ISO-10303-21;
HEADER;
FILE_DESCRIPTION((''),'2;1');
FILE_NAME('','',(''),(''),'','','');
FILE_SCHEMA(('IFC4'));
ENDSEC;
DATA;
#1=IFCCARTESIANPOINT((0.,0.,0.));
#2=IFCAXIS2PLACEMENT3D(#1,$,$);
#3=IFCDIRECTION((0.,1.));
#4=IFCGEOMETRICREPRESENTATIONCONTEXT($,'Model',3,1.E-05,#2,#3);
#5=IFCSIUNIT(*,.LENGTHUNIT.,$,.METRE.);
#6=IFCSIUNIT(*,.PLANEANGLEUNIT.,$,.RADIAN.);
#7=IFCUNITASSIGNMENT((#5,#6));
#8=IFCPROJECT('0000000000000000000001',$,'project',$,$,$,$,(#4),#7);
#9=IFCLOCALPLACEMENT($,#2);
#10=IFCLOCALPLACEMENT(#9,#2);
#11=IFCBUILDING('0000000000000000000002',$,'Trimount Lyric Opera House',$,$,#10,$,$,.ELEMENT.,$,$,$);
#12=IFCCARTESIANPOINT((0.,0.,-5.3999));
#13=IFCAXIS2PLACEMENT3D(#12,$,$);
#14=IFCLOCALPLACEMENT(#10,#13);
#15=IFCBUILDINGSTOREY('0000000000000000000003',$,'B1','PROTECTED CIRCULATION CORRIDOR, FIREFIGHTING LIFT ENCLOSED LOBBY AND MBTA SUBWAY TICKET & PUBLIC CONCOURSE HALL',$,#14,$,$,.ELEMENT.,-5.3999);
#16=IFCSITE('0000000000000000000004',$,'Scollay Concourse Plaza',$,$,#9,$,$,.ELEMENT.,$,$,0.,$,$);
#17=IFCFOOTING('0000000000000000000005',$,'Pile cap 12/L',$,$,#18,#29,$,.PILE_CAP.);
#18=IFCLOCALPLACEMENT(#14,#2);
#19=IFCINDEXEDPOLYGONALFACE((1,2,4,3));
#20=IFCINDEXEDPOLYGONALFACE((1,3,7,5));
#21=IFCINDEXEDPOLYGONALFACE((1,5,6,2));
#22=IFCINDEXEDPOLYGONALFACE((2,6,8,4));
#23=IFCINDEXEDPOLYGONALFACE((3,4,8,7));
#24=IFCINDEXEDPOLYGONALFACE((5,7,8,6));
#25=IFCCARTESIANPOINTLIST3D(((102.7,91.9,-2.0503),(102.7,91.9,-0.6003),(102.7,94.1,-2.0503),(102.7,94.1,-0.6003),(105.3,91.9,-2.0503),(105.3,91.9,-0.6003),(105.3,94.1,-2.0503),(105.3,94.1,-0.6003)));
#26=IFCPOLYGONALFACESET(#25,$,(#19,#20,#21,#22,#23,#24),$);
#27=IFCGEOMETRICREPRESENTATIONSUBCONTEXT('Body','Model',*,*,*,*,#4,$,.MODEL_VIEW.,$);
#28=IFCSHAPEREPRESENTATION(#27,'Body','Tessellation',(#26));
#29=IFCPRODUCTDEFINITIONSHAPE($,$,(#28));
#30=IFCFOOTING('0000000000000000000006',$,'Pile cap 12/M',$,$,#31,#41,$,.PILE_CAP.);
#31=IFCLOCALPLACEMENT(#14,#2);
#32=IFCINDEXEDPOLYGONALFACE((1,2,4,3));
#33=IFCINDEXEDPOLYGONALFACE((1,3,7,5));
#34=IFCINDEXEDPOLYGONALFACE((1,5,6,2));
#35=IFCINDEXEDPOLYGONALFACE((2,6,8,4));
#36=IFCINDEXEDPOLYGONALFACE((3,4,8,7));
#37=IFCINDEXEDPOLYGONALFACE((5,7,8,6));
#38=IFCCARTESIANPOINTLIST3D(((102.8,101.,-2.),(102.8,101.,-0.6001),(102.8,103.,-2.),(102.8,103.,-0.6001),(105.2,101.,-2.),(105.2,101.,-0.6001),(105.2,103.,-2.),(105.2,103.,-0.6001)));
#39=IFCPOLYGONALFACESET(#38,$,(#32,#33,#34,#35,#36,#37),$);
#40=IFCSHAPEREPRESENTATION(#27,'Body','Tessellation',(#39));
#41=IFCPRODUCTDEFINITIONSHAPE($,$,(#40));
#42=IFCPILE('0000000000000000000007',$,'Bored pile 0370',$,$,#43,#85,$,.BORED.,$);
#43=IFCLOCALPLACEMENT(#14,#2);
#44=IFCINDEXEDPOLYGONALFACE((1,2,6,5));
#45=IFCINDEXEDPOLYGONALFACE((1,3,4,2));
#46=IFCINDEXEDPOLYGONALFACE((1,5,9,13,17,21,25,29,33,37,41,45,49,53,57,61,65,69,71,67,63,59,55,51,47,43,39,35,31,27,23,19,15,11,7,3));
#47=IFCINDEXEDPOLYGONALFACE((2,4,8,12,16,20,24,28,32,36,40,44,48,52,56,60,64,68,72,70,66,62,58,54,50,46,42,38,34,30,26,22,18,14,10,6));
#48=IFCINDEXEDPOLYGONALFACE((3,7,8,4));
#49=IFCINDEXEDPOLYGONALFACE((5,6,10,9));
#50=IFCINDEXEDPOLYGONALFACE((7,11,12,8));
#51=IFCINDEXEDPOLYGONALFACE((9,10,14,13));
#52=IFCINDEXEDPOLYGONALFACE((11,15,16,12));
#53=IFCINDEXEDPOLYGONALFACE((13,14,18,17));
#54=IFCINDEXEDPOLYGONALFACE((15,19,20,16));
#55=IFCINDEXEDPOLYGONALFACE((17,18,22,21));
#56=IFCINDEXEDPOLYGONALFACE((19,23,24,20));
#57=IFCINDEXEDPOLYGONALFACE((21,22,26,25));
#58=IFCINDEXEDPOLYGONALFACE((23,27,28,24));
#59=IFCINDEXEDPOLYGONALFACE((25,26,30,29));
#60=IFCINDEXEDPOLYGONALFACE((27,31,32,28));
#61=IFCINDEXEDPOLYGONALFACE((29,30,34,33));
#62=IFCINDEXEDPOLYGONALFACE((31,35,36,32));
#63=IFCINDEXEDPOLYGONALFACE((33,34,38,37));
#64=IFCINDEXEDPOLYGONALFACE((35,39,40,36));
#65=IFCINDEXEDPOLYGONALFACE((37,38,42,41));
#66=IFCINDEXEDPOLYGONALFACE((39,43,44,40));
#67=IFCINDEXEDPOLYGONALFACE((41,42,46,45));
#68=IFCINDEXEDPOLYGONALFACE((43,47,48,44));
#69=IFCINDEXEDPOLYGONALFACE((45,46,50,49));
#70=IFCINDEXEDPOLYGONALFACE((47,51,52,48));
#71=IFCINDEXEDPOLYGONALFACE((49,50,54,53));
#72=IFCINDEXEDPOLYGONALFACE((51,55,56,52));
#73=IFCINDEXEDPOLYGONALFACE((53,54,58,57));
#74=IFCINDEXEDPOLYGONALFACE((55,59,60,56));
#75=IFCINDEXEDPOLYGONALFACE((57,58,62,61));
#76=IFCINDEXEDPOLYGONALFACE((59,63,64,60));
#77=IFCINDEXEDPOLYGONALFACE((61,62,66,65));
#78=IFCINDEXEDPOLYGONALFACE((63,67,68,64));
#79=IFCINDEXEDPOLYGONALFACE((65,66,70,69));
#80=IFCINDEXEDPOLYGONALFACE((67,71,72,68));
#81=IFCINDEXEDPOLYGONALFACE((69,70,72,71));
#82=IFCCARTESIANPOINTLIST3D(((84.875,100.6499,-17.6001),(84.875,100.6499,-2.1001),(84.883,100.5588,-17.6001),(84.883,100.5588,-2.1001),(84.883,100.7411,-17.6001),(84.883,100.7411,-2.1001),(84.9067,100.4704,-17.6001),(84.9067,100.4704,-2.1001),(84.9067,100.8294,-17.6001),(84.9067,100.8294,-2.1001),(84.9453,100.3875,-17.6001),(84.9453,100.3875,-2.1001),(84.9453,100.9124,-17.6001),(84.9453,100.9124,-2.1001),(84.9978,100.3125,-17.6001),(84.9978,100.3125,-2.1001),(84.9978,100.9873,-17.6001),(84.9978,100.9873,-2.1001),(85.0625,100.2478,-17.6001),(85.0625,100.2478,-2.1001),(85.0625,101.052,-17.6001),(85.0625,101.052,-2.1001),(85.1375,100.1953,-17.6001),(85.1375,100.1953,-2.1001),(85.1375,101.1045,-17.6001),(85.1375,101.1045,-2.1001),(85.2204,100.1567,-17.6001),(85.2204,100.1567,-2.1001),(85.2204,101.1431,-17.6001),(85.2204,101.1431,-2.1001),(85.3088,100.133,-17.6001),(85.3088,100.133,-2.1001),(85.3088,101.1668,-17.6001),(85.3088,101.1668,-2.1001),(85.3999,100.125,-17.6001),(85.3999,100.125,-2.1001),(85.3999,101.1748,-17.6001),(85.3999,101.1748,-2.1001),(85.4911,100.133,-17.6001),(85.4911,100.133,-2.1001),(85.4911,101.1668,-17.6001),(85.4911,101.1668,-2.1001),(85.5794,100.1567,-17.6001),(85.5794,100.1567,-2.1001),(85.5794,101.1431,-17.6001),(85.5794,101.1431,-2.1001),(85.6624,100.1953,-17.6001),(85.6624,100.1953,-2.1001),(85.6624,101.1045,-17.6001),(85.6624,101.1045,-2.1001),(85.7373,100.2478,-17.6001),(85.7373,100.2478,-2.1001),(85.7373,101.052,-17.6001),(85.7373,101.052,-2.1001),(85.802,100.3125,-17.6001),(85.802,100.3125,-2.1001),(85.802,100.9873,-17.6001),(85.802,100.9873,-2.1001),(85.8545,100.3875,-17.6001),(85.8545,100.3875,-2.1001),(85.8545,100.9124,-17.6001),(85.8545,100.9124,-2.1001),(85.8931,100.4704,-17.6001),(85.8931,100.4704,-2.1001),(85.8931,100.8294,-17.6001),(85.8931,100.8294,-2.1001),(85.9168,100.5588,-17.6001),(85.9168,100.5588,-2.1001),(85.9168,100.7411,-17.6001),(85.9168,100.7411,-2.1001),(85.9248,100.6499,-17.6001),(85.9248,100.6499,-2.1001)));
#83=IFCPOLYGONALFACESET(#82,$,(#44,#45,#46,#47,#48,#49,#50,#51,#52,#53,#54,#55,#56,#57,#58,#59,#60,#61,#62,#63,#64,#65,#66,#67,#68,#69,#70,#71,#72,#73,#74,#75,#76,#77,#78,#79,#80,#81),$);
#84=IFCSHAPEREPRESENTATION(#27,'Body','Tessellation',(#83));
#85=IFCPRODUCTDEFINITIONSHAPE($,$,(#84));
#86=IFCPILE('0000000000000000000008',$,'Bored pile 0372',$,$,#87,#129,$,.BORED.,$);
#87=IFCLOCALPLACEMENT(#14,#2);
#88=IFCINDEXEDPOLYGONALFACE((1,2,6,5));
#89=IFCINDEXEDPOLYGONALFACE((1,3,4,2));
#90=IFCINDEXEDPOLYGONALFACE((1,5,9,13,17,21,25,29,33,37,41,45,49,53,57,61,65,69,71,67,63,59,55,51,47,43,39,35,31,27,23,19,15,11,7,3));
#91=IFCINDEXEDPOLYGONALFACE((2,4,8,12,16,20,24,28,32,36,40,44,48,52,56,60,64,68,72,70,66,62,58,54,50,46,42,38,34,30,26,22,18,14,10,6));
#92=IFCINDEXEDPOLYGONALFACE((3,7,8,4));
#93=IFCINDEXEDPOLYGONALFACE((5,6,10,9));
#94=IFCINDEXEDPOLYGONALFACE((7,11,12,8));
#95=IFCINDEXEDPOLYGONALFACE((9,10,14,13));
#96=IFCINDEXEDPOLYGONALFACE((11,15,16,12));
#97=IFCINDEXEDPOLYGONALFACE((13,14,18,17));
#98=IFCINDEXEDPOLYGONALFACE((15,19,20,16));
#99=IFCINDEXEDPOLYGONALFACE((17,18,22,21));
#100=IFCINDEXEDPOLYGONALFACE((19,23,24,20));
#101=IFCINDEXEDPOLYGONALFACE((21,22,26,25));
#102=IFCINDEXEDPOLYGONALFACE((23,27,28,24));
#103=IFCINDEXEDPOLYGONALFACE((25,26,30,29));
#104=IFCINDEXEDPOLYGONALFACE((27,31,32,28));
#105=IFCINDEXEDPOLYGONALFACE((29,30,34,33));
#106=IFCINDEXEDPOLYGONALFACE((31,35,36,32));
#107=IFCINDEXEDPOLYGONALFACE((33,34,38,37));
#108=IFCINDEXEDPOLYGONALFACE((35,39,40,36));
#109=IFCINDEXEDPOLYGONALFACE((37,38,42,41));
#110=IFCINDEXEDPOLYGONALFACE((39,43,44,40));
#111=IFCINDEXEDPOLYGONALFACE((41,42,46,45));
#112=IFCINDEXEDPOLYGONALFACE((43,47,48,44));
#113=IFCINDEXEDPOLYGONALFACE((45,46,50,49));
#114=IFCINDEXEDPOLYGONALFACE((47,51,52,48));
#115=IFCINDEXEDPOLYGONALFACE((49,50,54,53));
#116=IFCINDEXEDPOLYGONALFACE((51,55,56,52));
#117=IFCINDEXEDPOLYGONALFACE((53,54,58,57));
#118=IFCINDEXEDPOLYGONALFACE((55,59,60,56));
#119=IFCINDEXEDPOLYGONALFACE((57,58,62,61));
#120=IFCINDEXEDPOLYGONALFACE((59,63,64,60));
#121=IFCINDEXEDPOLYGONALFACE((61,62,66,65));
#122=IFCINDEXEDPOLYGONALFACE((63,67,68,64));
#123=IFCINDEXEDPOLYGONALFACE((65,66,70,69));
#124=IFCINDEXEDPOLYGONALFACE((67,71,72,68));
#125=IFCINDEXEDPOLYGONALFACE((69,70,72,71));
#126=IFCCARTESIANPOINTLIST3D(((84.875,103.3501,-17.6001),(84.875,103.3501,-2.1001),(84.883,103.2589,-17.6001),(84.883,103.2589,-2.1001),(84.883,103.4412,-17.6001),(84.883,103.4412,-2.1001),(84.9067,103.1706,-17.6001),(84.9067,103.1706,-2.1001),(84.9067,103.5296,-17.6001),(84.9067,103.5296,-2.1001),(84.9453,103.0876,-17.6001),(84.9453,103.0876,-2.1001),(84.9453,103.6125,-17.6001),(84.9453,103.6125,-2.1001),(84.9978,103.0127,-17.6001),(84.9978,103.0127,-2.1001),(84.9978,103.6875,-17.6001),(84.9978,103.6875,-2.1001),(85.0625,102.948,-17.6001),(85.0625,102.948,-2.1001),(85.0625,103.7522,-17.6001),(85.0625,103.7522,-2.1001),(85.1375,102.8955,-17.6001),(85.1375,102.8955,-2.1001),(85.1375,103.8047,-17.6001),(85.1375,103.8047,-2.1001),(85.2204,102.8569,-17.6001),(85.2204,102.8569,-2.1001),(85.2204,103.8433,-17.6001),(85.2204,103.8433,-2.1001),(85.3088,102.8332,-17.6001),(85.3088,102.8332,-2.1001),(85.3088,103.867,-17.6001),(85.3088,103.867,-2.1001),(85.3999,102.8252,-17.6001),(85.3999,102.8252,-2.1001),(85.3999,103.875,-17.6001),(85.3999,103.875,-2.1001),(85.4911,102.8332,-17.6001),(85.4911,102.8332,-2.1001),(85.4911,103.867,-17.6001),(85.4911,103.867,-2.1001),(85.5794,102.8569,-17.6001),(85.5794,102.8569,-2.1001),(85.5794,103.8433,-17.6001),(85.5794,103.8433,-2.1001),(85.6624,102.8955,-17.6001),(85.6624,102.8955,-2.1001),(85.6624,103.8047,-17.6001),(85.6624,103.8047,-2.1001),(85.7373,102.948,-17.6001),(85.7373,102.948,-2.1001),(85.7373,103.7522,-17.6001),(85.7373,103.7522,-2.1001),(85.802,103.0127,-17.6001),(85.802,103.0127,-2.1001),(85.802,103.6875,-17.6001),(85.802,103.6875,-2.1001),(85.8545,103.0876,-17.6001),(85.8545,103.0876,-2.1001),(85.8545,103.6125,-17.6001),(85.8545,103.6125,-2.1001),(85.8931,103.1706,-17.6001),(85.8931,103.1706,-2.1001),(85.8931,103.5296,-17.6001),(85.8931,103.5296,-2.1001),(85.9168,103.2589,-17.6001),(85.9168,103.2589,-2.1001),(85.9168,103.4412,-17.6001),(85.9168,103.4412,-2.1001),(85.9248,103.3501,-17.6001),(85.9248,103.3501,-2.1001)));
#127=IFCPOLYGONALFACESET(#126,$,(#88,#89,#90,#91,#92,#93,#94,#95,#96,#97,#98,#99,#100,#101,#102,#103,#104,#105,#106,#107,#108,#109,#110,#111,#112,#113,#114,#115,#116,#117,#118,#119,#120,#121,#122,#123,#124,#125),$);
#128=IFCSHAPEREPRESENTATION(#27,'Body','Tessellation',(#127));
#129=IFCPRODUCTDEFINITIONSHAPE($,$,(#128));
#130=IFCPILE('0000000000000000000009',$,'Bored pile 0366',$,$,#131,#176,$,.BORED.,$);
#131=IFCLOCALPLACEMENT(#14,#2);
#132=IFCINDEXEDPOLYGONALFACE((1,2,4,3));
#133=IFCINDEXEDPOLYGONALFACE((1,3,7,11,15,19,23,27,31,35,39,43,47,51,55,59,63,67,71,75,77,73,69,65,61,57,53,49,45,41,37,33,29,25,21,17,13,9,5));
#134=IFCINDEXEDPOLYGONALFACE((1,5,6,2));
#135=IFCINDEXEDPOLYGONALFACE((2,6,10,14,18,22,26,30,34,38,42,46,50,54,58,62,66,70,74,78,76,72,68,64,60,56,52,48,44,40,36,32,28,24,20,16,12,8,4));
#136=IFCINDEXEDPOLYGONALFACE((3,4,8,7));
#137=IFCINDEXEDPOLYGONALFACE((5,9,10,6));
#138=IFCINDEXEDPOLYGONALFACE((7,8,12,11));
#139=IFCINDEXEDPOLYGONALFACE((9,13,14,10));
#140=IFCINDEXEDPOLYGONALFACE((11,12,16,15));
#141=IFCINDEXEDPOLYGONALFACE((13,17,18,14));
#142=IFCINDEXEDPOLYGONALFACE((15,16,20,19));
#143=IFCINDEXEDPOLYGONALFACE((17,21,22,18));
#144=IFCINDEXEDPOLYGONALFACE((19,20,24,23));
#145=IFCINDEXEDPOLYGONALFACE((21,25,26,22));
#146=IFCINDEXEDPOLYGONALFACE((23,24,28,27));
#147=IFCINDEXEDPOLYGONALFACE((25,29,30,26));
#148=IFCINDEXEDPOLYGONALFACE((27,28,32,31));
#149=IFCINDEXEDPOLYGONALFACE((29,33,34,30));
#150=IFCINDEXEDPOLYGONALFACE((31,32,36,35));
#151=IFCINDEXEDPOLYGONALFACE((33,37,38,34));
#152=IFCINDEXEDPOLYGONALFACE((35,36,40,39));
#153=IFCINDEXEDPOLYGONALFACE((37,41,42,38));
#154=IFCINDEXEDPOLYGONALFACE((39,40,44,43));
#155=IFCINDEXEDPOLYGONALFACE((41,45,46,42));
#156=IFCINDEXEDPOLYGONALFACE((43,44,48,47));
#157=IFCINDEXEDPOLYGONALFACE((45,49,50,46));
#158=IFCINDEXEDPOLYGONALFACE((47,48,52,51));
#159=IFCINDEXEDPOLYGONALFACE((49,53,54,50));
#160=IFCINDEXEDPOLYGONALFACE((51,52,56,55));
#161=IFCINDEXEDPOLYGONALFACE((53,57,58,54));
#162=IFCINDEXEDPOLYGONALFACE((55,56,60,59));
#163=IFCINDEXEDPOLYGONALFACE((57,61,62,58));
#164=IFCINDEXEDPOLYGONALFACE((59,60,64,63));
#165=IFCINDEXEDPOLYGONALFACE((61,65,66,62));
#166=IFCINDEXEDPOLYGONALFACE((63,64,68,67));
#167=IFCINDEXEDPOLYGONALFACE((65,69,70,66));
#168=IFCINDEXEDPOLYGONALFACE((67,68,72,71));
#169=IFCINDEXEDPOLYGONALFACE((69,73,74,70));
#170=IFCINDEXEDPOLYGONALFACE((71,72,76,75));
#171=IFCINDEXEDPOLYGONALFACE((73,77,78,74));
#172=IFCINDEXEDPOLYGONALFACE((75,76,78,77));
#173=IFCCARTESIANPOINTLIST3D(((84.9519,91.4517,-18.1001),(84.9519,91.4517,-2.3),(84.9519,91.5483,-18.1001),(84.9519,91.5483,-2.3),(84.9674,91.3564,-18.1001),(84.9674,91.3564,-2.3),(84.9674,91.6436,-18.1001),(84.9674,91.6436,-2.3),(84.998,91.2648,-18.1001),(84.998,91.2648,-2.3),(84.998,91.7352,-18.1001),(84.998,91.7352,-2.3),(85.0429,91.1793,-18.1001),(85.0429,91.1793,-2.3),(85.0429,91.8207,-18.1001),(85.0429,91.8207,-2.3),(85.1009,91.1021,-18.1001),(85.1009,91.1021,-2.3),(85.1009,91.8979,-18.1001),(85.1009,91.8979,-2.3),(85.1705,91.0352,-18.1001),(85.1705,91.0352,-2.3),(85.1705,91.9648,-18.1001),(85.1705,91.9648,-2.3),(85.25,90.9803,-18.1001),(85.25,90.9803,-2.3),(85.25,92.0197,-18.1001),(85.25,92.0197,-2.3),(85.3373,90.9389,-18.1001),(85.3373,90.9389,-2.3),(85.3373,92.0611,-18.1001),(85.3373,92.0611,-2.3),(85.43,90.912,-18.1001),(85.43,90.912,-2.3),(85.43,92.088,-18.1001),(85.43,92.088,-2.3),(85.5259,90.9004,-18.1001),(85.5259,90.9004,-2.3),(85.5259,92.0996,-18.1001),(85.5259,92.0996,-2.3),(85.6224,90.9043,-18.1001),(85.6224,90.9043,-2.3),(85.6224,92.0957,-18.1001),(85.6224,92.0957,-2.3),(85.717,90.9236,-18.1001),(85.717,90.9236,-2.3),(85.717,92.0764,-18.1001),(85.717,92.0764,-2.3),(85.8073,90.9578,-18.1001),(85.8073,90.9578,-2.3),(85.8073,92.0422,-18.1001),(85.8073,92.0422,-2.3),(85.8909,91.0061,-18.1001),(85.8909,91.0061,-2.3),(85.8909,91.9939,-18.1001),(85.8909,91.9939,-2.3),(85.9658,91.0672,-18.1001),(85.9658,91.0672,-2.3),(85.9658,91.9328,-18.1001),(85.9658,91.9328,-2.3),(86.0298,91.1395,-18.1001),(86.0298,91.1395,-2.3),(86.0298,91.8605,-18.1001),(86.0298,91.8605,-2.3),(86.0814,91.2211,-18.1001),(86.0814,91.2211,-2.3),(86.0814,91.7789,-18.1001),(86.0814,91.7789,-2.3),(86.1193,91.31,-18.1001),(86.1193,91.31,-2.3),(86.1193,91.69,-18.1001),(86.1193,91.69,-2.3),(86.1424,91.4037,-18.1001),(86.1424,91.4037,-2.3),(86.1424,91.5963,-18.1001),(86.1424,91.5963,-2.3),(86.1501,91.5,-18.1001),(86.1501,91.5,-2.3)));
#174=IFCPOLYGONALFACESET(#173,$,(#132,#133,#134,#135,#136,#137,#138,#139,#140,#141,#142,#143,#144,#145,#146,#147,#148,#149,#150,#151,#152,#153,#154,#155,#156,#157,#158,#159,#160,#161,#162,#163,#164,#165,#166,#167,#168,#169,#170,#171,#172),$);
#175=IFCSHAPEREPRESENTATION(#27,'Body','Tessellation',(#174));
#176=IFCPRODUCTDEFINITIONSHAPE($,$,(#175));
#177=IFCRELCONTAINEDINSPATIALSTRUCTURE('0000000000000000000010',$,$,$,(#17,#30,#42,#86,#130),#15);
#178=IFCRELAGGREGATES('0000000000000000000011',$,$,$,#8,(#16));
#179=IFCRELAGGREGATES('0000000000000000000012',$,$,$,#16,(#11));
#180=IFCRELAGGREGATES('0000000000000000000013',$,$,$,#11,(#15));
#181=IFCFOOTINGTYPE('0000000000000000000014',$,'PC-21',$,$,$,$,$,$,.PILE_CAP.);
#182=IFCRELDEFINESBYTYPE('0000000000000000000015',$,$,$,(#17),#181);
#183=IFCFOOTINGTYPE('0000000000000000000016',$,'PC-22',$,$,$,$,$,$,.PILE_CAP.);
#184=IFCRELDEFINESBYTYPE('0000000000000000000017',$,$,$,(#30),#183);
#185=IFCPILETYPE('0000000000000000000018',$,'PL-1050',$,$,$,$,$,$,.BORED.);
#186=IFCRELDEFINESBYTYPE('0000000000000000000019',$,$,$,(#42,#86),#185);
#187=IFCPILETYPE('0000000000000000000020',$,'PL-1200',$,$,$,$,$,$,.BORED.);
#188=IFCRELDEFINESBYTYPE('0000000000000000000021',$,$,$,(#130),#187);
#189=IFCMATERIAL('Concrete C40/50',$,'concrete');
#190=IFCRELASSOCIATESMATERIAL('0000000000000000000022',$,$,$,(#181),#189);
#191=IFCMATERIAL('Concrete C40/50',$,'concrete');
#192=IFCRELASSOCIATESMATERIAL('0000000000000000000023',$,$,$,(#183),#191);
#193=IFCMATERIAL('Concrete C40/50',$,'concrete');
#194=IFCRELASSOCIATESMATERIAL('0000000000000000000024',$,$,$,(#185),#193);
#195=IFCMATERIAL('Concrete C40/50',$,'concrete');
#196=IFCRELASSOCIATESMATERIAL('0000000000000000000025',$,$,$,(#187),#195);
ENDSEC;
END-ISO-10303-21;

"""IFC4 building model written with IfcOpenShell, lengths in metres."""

from ifc_helpers import new_model, si_unit, direction, frame, origin, origin_2d, place, context, subcontext, project, spatial, rectangle, circle, extrude, material, material_profile, profile_set, type_object, element, save


model = new_model("IFC4")

# Units and contexts
model_context = context("Model", 3, precision=1e-05, world=origin(), true_north=direction((0.0, 1.0)))
body_context = subcontext(model_context, "Body", "Model", "MODEL_VIEW")
ifc_project = project(units=[si_unit("LENGTHUNIT", "METRE"), si_unit("PLANEANGLEUNIT", "RADIAN")], contexts=[model_context])

# Site, building, storey
site_placement = place(None, origin())
site = spatial("IfcSite", under=ifc_project, at=site_placement, Name="Scollay Concourse Plaza", CompositionType="ELEMENT", RefElevation=0.0)
building_placement = place(site_placement, origin())
building = spatial("IfcBuilding", under=site, at=building_placement, Name="Trimount Lyric Opera House", CompositionType="ELEMENT")
storey_placement = place(building_placement, frame((0.0, 0.0, -5.3999)))
storey = spatial("IfcBuildingStorey", under=building, at=storey_placement, Name="B1", Description="PROTECTED CIRCULATION CORRIDOR, FIREFIGHTING LIFT ENCLOSED LOBBY AND MBTA SUBWAY TICKET & PUBLIC CONCOURSE HALL", CompositionType="ELEMENT", Elevation=-5.3999)

# Footings
ifc_material_1 = material(Name="Concrete C40/50", Category="concrete")
footing_type_1 = type_object("IfcFootingType", Name="PC-21", PredefinedType="PILE_CAP", material=ifc_material_1)
footing_1_placement = place(storey_placement, frame((104.0, 93.0, -2.0503), z_axis=(0.0, 0.0, 1.0), x_axis=(1.0, 0.0, 0.0)))
element("IfcFooting", 1, at=footing_1_placement, inside=storey, type_object=footing_type_1, Name="Pile cap 12/L", PredefinedType="PILE_CAP", context=body_context, shape_type="SweptSolid", body=[
    extrude(rectangle(XDim=2.6001, YDim=2.2, at=origin_2d()), origin(), (0.0, 0.0, 1.0), 1.45),
])
ifc_material_2 = material(Name="Concrete C40/50", Category="concrete")
footing_type_2 = type_object("IfcFootingType", Name="PC-22", PredefinedType="PILE_CAP", material=ifc_material_2)
footing_2_placement = place(storey_placement, frame((104.0, 102.0, -2.0), z_axis=(0.0, 0.0, 1.0), x_axis=(1.0, 0.0, 0.0)))
element("IfcFooting", 2, at=footing_2_placement, inside=storey, type_object=footing_type_2, Name="Pile cap 12/M", PredefinedType="PILE_CAP", context=body_context, shape_type="SweptSolid", body=[
    extrude(rectangle(XDim=2.3999, YDim=2.0, at=origin_2d()), origin(), (0.0, 0.0, 1.0), 1.3999),
])

# Piles
ifc_material_3 = material(Name="Concrete C40/50", Category="concrete")
ifc_material_profile_1 = material_profile(ifc_material_3, circle(Radius=0.5249, at=origin_2d()), Name="PILE-D1050")
ifc_profile_set_1 = profile_set([ifc_material_profile_1], Name="Concrete C40/50")
pile_type_1 = type_object("IfcPileType", Name="PL-1050", PredefinedType="BORED", material=ifc_profile_set_1)
for number, where, z_axis, x_axis, name in (
    (3, (85.3999, 100.6499, -2.1001), (0.0, 0.0, -1.0), (1.0, 0.0, 0.0), "Bored pile 0370"),
    (4, (85.3999, 103.3501, -2.1001), (0.0, 0.0, -1.0), (1.0, 0.0, 0.0), "Bored pile 0372"),
):
    element("IfcPile", number, at=place(storey_placement, frame(where, z_axis=z_axis, x_axis=x_axis)), inside=storey, type_object=pile_type_1, Name=name, PredefinedType="BORED", context=body_context, shape_type="SweptSolid", body=[
        extrude(circle(Radius=0.5249, at=origin_2d()), origin(), (0.0, 0.0, 1.0), 15.5),
    ])
ifc_material_4 = material(Name="Concrete C40/50", Category="concrete")
ifc_material_profile_2 = material_profile(ifc_material_4, circle(Radius=0.6001, at=origin_2d()), Name="PILE-D1200")
ifc_profile_set_2 = profile_set([ifc_material_profile_2], Name="Concrete C40/50")
pile_type_2 = type_object("IfcPileType", Name="PL-1200", PredefinedType="BORED", material=ifc_profile_set_2)
for number, where, z_axis, x_axis, name in (
    (5, (85.55, 91.5, -2.3), (0.0, 0.0, -1.0), (1.0, 0.0, 0.0), "Bored pile 0366"),
):
    element("IfcPile", number, at=place(storey_placement, frame(where, z_axis=z_axis, x_axis=x_axis)), inside=storey, type_object=pile_type_2, Name=name, PredefinedType="BORED", context=body_context, shape_type="SweptSolid", body=[
        extrude(circle(Radius=0.6001, at=origin_2d()), origin(), (0.0, 0.0, 1.0), 15.8),
    ])

save(model, "model.ifc")
